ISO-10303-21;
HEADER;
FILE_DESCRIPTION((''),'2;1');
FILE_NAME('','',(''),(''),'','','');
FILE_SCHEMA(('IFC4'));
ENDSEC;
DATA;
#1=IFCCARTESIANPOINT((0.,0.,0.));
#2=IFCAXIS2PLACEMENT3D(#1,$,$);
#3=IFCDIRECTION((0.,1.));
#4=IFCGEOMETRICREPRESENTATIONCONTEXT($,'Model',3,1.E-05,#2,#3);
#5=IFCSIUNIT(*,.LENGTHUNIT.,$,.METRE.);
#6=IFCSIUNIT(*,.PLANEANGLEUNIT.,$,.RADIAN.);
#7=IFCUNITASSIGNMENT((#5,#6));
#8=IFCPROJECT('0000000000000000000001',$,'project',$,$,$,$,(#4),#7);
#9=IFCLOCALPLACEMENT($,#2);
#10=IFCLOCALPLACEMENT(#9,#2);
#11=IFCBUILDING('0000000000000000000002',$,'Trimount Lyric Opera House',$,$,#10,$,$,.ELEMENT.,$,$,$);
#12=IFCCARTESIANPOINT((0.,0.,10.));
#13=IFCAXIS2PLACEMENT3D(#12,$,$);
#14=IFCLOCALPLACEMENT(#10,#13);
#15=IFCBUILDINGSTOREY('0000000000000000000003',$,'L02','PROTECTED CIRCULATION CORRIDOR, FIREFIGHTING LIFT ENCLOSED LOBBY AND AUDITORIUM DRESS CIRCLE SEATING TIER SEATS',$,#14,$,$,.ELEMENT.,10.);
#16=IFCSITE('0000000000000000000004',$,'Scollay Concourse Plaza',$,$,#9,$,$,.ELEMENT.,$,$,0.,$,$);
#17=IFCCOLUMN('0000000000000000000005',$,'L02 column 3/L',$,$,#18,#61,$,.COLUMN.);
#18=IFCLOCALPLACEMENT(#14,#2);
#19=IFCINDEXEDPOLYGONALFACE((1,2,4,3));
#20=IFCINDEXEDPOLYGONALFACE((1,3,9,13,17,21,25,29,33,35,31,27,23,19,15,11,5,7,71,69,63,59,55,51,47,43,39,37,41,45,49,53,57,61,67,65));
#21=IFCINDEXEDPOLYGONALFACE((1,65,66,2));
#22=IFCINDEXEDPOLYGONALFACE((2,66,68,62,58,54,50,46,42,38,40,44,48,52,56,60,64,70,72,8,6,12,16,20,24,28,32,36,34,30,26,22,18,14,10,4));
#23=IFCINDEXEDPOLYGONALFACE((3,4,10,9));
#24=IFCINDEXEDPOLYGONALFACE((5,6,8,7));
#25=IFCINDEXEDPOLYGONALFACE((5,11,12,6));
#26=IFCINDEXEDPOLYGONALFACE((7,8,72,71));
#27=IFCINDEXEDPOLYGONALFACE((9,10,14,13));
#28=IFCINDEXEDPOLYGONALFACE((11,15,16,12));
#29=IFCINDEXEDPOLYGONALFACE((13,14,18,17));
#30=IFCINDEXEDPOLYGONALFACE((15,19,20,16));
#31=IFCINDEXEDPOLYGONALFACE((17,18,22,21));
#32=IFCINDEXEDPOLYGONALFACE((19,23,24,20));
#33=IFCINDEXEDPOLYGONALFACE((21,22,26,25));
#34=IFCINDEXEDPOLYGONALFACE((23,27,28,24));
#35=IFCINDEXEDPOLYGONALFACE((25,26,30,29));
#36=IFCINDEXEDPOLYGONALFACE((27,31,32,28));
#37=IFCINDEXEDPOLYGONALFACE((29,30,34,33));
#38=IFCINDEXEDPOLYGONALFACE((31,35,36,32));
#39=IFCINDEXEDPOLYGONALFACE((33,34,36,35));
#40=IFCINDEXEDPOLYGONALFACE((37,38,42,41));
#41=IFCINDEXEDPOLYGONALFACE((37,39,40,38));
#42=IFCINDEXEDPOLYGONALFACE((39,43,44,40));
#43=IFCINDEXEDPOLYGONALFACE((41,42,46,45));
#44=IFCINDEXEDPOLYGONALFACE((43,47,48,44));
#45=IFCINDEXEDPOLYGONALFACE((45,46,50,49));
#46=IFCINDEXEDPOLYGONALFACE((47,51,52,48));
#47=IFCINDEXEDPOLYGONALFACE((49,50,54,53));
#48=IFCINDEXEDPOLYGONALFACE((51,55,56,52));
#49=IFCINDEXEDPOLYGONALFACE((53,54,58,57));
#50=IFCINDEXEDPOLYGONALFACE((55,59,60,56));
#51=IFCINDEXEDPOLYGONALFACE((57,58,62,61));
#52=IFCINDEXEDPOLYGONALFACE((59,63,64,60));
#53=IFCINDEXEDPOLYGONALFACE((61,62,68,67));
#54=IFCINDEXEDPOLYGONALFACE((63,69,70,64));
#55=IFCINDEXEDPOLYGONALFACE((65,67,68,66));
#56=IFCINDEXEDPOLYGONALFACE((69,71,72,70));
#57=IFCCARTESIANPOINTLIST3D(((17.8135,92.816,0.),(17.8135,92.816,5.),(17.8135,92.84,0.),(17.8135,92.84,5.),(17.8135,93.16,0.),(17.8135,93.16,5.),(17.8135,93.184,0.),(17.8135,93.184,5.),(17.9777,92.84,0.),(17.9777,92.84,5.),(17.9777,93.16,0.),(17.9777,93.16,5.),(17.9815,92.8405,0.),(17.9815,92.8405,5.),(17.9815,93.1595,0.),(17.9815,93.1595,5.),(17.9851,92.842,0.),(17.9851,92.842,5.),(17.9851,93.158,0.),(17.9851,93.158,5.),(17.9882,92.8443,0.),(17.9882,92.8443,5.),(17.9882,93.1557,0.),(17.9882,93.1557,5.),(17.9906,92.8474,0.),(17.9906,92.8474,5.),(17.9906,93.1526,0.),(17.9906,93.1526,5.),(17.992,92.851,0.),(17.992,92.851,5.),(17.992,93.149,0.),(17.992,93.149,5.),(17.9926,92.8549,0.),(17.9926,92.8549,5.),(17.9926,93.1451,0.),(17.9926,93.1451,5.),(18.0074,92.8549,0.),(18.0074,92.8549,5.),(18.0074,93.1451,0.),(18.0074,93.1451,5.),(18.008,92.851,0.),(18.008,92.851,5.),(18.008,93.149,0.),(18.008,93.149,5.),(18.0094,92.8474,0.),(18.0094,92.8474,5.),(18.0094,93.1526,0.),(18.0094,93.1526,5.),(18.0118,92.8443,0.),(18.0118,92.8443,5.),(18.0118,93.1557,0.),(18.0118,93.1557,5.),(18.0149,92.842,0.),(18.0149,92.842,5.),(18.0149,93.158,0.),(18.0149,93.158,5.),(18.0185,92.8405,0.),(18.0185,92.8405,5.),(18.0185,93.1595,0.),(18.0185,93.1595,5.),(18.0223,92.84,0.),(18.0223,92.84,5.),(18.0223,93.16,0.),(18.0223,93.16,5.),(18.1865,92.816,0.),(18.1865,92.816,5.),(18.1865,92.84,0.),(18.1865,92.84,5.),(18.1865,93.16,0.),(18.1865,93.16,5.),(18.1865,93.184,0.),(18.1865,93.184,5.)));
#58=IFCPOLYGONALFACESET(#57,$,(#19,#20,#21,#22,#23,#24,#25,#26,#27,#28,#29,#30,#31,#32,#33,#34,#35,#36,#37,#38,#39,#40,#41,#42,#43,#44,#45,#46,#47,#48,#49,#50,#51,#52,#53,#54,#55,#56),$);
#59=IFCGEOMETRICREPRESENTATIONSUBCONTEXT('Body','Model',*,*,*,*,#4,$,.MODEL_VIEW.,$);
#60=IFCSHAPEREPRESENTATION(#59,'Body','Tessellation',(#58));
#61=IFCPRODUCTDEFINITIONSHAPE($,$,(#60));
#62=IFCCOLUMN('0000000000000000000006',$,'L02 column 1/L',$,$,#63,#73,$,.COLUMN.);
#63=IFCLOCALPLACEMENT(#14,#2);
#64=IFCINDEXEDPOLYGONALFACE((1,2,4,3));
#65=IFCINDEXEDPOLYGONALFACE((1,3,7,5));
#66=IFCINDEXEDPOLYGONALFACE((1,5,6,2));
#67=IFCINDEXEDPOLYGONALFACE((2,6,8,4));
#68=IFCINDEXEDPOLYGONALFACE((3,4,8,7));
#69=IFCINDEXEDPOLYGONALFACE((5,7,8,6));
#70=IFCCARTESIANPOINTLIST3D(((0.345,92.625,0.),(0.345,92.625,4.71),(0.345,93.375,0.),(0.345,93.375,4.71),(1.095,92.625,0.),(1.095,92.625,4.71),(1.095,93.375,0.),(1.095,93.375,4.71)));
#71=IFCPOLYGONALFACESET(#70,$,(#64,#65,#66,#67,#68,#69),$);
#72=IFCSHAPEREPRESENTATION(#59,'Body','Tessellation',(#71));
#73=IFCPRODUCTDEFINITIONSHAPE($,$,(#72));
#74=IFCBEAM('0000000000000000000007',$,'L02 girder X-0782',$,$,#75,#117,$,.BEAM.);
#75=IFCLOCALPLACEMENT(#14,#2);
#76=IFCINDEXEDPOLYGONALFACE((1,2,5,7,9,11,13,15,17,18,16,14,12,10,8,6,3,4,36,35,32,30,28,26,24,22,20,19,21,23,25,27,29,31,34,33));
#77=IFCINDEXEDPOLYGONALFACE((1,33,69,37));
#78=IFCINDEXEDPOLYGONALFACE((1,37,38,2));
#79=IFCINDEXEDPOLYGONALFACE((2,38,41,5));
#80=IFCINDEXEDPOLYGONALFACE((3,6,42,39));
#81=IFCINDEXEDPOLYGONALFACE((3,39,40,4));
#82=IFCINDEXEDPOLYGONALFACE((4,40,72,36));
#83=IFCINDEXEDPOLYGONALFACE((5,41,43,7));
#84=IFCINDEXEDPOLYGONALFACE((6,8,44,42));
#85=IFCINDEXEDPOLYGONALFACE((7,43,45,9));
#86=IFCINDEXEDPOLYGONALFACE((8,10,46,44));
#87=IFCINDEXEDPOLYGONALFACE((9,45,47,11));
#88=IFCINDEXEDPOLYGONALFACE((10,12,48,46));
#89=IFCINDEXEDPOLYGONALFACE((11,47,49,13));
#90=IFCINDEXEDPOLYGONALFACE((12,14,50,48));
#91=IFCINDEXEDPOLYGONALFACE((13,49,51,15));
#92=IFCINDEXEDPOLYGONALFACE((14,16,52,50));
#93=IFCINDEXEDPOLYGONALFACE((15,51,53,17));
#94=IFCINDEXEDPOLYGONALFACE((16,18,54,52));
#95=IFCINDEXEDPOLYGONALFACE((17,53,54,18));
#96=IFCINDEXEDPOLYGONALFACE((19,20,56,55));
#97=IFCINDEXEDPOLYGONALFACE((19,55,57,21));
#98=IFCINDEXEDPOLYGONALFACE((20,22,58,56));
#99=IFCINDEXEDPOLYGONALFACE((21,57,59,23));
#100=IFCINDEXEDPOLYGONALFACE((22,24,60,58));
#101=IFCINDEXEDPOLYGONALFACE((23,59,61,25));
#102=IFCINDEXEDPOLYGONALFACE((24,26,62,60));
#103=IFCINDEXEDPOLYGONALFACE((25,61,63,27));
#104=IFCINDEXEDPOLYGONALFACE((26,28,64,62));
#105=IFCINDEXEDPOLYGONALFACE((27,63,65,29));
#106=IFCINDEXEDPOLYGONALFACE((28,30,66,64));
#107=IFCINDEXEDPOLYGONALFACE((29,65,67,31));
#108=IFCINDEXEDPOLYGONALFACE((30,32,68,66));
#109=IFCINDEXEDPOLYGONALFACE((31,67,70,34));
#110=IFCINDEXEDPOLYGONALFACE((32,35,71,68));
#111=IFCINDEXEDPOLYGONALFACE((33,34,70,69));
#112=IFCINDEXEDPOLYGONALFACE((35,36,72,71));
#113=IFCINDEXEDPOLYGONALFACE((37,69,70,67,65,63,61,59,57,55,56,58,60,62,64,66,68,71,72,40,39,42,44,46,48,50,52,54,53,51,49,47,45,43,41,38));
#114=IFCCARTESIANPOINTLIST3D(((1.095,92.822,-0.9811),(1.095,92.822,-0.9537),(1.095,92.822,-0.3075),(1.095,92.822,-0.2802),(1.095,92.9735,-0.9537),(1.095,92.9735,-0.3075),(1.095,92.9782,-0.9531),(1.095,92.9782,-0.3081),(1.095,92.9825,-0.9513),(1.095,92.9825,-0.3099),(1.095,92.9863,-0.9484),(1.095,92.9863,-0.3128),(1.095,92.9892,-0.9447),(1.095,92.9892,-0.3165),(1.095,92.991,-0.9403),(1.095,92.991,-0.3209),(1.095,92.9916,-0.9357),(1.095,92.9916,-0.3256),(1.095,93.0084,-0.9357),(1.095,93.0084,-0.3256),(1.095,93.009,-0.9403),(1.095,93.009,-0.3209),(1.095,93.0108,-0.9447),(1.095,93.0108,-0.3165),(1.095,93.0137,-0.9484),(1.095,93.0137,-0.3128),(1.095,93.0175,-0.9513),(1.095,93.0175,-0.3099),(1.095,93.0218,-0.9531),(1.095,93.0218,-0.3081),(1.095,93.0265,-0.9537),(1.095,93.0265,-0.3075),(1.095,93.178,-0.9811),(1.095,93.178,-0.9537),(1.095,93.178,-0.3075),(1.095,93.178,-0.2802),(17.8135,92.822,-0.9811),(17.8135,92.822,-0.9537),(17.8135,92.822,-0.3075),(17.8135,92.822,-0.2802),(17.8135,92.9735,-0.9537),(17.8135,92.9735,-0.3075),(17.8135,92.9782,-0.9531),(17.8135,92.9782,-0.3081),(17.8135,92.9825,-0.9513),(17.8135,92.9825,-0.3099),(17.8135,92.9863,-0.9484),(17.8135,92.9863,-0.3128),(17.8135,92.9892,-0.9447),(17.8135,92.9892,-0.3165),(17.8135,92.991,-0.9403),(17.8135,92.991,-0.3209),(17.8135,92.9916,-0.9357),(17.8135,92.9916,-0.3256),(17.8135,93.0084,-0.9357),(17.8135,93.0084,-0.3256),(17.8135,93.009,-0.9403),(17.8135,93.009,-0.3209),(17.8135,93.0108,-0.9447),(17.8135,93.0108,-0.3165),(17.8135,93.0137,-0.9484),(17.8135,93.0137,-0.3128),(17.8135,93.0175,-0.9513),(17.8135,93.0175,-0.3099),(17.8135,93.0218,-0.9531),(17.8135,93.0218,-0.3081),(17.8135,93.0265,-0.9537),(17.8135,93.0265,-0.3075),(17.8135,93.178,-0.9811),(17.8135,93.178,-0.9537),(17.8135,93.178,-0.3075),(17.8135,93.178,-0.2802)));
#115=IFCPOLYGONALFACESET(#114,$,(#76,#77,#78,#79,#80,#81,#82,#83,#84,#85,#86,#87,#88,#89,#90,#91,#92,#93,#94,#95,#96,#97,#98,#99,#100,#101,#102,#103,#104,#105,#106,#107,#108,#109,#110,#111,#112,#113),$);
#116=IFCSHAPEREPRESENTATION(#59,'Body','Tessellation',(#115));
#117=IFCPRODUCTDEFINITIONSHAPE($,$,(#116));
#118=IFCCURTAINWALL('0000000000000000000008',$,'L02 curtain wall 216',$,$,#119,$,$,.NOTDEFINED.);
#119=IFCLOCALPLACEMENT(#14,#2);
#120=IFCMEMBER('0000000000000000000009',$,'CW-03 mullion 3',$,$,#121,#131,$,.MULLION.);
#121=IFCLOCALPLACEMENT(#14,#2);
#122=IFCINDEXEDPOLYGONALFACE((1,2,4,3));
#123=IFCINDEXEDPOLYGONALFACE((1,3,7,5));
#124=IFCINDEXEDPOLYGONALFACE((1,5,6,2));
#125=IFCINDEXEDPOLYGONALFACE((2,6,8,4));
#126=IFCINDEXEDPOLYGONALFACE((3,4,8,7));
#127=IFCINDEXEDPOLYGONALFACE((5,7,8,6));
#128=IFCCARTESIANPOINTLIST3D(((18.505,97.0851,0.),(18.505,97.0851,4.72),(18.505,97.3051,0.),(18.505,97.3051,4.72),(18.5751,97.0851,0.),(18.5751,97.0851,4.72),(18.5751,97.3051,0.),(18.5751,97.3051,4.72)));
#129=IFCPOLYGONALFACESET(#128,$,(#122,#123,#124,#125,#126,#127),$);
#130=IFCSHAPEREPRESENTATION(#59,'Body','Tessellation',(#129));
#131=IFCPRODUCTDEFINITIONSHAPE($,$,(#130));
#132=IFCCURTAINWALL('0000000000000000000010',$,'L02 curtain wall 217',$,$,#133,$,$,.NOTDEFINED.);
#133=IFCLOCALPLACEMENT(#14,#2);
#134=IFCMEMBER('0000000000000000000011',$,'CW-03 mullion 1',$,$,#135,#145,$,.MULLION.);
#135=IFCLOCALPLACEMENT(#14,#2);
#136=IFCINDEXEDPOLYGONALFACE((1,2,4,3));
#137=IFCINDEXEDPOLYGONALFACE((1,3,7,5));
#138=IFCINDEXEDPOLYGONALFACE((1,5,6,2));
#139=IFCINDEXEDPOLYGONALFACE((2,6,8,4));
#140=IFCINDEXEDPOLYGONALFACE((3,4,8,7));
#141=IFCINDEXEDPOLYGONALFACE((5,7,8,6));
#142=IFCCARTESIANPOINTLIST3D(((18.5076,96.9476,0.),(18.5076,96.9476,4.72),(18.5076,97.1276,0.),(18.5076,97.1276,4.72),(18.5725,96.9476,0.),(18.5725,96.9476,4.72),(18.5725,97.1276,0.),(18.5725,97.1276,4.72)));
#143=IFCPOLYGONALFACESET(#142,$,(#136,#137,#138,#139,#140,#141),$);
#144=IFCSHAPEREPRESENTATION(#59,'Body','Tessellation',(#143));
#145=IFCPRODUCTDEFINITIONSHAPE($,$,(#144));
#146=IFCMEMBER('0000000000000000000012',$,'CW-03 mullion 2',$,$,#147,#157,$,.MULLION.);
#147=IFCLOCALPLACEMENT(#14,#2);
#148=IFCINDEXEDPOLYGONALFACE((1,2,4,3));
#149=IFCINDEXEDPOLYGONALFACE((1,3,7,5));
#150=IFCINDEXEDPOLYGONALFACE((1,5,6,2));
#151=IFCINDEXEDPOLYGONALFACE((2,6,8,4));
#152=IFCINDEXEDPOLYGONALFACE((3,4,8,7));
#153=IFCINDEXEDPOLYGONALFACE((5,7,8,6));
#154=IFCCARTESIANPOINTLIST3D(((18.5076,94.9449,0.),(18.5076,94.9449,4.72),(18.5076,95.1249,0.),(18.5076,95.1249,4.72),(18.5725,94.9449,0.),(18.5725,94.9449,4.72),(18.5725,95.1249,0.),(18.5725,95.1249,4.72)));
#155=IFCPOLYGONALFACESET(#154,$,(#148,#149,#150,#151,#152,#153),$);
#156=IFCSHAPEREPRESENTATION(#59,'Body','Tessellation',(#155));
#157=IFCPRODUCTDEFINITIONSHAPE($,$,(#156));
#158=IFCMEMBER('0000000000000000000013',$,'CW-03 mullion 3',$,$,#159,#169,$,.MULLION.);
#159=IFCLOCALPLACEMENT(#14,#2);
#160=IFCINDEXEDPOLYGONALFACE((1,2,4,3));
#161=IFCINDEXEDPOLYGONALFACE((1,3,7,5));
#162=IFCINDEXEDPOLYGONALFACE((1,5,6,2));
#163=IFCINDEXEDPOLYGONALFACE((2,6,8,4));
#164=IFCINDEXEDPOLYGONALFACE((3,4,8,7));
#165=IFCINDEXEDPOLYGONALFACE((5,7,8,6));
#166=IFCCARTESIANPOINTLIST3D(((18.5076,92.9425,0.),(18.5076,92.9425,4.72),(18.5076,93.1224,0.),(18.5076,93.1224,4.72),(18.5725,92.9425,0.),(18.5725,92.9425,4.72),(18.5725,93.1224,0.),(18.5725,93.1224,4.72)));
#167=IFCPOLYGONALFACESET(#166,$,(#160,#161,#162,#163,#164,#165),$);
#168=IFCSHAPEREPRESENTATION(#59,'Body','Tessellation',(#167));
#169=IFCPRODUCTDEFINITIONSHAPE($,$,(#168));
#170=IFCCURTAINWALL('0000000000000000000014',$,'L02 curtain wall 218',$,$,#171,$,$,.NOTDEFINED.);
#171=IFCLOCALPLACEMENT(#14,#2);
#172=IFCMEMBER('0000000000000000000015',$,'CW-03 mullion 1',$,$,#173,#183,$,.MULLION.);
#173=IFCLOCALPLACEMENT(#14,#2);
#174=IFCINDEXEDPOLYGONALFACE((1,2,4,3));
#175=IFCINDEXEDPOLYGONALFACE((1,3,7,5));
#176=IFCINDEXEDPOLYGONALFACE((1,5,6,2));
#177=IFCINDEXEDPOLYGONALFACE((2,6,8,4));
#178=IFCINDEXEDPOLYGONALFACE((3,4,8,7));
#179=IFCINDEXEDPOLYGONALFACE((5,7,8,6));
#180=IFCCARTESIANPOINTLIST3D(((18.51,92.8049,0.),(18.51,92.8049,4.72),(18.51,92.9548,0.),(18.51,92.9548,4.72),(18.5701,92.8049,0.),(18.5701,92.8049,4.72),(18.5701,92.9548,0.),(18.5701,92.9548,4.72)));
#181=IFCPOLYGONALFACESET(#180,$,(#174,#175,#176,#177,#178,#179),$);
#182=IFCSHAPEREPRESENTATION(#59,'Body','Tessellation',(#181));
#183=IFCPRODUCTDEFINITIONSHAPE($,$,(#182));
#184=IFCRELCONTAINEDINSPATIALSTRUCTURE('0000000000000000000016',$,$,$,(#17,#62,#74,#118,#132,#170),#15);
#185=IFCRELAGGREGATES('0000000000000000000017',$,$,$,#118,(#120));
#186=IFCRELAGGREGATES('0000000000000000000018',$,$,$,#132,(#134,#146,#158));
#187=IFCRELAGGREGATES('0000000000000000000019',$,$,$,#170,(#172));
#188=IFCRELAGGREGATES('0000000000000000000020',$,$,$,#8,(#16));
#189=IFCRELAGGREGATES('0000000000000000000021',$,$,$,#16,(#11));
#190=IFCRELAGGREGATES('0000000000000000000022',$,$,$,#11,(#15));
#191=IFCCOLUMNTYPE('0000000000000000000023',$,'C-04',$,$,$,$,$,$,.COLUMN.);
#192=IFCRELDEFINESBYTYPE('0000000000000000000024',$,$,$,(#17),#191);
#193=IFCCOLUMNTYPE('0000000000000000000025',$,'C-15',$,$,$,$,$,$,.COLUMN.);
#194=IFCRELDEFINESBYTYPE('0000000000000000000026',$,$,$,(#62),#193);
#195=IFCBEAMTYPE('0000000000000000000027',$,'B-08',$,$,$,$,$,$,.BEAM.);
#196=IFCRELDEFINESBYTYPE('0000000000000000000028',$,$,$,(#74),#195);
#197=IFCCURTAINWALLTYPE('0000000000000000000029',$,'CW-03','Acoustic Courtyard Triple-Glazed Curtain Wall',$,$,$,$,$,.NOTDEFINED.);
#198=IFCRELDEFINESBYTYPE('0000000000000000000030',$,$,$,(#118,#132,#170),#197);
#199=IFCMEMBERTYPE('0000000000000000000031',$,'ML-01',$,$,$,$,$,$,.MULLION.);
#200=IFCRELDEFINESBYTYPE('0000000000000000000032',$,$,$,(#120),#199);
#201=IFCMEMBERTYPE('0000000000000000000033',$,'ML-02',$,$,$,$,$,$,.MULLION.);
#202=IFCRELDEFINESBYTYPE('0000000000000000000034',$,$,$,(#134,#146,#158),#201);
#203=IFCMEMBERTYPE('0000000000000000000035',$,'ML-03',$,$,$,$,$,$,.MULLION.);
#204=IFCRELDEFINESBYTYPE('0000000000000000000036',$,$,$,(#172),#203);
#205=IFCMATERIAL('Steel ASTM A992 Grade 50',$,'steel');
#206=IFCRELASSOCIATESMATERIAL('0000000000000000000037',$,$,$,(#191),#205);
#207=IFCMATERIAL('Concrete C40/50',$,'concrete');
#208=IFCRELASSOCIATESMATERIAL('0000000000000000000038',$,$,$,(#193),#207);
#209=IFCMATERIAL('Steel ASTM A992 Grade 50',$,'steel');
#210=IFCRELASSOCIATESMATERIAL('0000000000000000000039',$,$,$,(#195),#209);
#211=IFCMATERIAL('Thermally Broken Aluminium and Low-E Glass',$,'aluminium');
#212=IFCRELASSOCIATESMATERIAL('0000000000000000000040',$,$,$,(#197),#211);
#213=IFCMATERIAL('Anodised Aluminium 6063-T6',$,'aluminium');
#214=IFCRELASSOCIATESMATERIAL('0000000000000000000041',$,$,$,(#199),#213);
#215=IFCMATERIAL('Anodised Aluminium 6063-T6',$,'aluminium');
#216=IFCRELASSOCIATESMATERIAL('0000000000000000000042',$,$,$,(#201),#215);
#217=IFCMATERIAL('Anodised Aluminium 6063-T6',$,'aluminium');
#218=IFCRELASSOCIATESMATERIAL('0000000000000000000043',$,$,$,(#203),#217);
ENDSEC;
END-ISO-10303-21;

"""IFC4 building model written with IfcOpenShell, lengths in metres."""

from ifc_helpers import new_model, si_unit, direction, frame, origin, origin_2d, place, context, subcontext, project, spatial, rectangle, i_section, extrude, material, material_profile, profile_set, type_object, element, aggregate, save


model = new_model("IFC4")

# Units and contexts
model_context = context("Model", 3, precision=1e-05, world=origin(), true_north=direction((0.0, 1.0)))
body_context = subcontext(model_context, "Body", "Model", "MODEL_VIEW")
ifc_project = project(units=[si_unit("LENGTHUNIT", "METRE"), si_unit("PLANEANGLEUNIT", "RADIAN")], contexts=[model_context])

# Site, building, storey
site_placement = place(None, origin())
site = spatial("IfcSite", under=ifc_project, at=site_placement, Name="Scollay Concourse Plaza", CompositionType="ELEMENT", RefElevation=0.0)
building_placement = place(site_placement, origin())
building = spatial("IfcBuilding", under=site, at=building_placement, Name="Trimount Lyric Opera House", CompositionType="ELEMENT")
storey_placement = place(building_placement, frame((0.0, 0.0, 10.0)))
storey = spatial("IfcBuildingStorey", under=building, at=storey_placement, Name="L02", Description="PROTECTED CIRCULATION CORRIDOR, FIREFIGHTING LIFT ENCLOSED LOBBY AND AUDITORIUM DRESS CIRCLE SEATING TIER SEATS", CompositionType="ELEMENT", Elevation=10.0)

# Columns
ifc_material_1 = material(Name="Steel ASTM A992 Grade 50", Category="steel")
ifc_material_profile_1 = material_profile(ifc_material_1, i_section(OverallWidth=0.373, OverallDepth=0.3679, WebThickness=0.0149, FlangeThickness=0.0239, FilletRadius=0.0149, at=origin_2d()), Name="W14X120")
ifc_profile_set_1 = profile_set([ifc_material_profile_1], Name="Steel ASTM A992 Grade 50")
column_type_1 = type_object("IfcColumnType", Name="C-04", PredefinedType="COLUMN", material=ifc_profile_set_1)
column_1_placement = place(storey_placement, frame((18.0, 93.0, 0.0), z_axis=(0.0, 0.0, 1.0), x_axis=(1.0, 0.0, 0.0)))
element("IfcColumn", 1, at=column_1_placement, inside=storey, type_object=column_type_1, Name="L02 column 3/L", PredefinedType="COLUMN", context=body_context, shape_type="SweptSolid", body=[
    extrude(i_section(OverallWidth=0.373, OverallDepth=0.3679, WebThickness=0.0149, FlangeThickness=0.0239, FilletRadius=0.0149, at=origin_2d()), origin(), (0.0, 0.0, 1.0), 5.0),
])
ifc_material_2 = material(Name="Concrete C40/50", Category="concrete")
ifc_material_profile_2 = material_profile(ifc_material_2, rectangle(XDim=0.75, YDim=0.75, at=origin_2d()), Name="RC750X750")
ifc_profile_set_2 = profile_set([ifc_material_profile_2], Name="Concrete C40/50")
column_type_2 = type_object("IfcColumnType", Name="C-15", PredefinedType="COLUMN", material=ifc_profile_set_2)
column_2_placement = place(storey_placement, frame((0.72, 93.0, 0.0), z_axis=(0.0, 0.0, 1.0), x_axis=(1.0, 0.0, 0.0)))
element("IfcColumn", 2, at=column_2_placement, inside=storey, type_object=column_type_2, Name="L02 column 1/L", PredefinedType="COLUMN", context=body_context, shape_type="SweptSolid", body=[
    extrude(rectangle(XDim=0.75, YDim=0.75, at=origin_2d()), origin(), (0.0, 0.0, 1.0), 4.71),
])

# Beam
ifc_material_3 = material(Name="Steel ASTM A992 Grade 50", Category="steel")
ifc_material_profile_3 = material_profile(ifc_material_3, i_section(OverallWidth=0.356, OverallDepth=0.7009, WebThickness=0.0168, FlangeThickness=0.0273, FilletRadius=0.0181, at=origin_2d()), Name="W27X161")
ifc_profile_set_3 = profile_set([ifc_material_profile_3], Name="Steel ASTM A992 Grade 50")
beam_type_1 = type_object("IfcBeamType", Name="B-08", PredefinedType="BEAM", material=ifc_profile_set_3)
beam_1_placement = place(storey_placement, frame((1.095, 93.0, -0.6306), z_axis=(1.0, 0.0, 0.0), x_axis=(0.0, 1.0, 0.0)))
element("IfcBeam", 3, at=beam_1_placement, inside=storey, type_object=beam_type_1, Name="L02 girder X-0782", PredefinedType="BEAM", context=body_context, shape_type="SweptSolid", body=[
    extrude(i_section(OverallWidth=0.356, OverallDepth=0.7009, WebThickness=0.0168, FlangeThickness=0.0273, FilletRadius=0.0181, at=origin_2d()), origin(), (0.0, 0.0, 1.0), 16.7185),
])

# Curtain wall, member
ifc_material_4 = material(Name="Thermally Broken Aluminium and Low-E Glass", Category="aluminium")
curtain_wall_type = type_object("IfcCurtainWallType", Name="CW-03", Description="Acoustic Courtyard Triple-Glazed Curtain Wall", PredefinedType="NOTDEFINED", material=ifc_material_4)
curtain_wall_1_placement = place(storey_placement, origin())
curtain_wall_1 = element("IfcCurtainWall", 4, at=curtain_wall_1_placement, inside=storey, type_object=curtain_wall_type, Name="L02 curtain wall 216", PredefinedType="NOTDEFINED")
ifc_material_5 = material(Name="Anodised Aluminium 6063-T6", Category="aluminium")
ifc_material_profile_4 = material_profile(ifc_material_5, rectangle(XDim=0.0701, YDim=0.22, at=origin_2d()), Name="ALU-MULL-70X220")
ifc_profile_set_4 = profile_set([ifc_material_profile_4], Name="Anodised Aluminium 6063-T6")
member_type_1 = type_object("IfcMemberType", Name="ML-01", PredefinedType="MULLION", material=ifc_profile_set_4)
member_1_placement = place(storey_placement, frame((18.54, 97.1951, 0.0), z_axis=(0.0, 0.0, 1.0), x_axis=(1.0, 0.0, 0.0)))
member_1 = element("IfcMember", 5, at=member_1_placement, type_object=member_type_1, Name="CW-03 mullion 3", PredefinedType="MULLION", context=body_context, shape_type="SweptSolid", body=[
    extrude(rectangle(XDim=0.0701, YDim=0.22, at=origin_2d()), origin(), (0.0, 0.0, 1.0), 4.72),
])

# Curtain wall, members
curtain_wall_2_placement = place(storey_placement, origin())
curtain_wall_2 = element("IfcCurtainWall", 6, at=curtain_wall_2_placement, inside=storey, type_object=curtain_wall_type, Name="L02 curtain wall 217", PredefinedType="NOTDEFINED")
ifc_material_6 = material(Name="Anodised Aluminium 6063-T6", Category="aluminium")
ifc_material_profile_5 = material_profile(ifc_material_6, rectangle(XDim=0.0649, YDim=0.1799, at=origin_2d()), Name="ALU-MULL-65X180")
ifc_profile_set_5 = profile_set([ifc_material_profile_5], Name="Anodised Aluminium 6063-T6")
member_type_2 = type_object("IfcMemberType", Name="ML-02", PredefinedType="MULLION", material=ifc_profile_set_5)
member_2_placement = place(storey_placement, frame((18.54, 97.0376, 0.0), z_axis=(0.0, 0.0, 1.0), x_axis=(1.0, 0.0, 0.0)))
member_2 = element("IfcMember", 7, at=member_2_placement, type_object=member_type_2, Name="CW-03 mullion 1", PredefinedType="MULLION", context=body_context, shape_type="SweptSolid", body=[
    extrude(rectangle(XDim=0.0649, YDim=0.1799, at=origin_2d()), origin(), (0.0, 0.0, 1.0), 4.72),
])
member_3_placement = place(storey_placement, frame((18.54, 95.0349, 0.0), z_axis=(0.0, 0.0, 1.0), x_axis=(1.0, 0.0, 0.0)))
member_3 = element("IfcMember", 8, at=member_3_placement, type_object=member_type_2, Name="CW-03 mullion 2", PredefinedType="MULLION", context=body_context, shape_type="SweptSolid", body=[
    extrude(rectangle(XDim=0.0649, YDim=0.1799, at=origin_2d()), origin(), (0.0, 0.0, 1.0), 4.72),
])
member_4_placement = place(storey_placement, frame((18.54, 93.0325, 0.0), z_axis=(0.0, 0.0, 1.0), x_axis=(1.0, 0.0, 0.0)))
member_4 = element("IfcMember", 9, at=member_4_placement, type_object=member_type_2, Name="CW-03 mullion 3", PredefinedType="MULLION", context=body_context, shape_type="SweptSolid", body=[
    extrude(rectangle(XDim=0.0649, YDim=0.1799, at=origin_2d()), origin(), (0.0, 0.0, 1.0), 4.72),
])

# Curtain wall, member
curtain_wall_3_placement = place(storey_placement, origin())
curtain_wall_3 = element("IfcCurtainWall", 10, at=curtain_wall_3_placement, inside=storey, type_object=curtain_wall_type, Name="L02 curtain wall 218", PredefinedType="NOTDEFINED")
ifc_material_7 = material(Name="Anodised Aluminium 6063-T6", Category="aluminium")
ifc_material_profile_6 = material_profile(ifc_material_7, rectangle(XDim=0.0601, YDim=0.1499, at=origin_2d()), Name="ALU-MULL-60X150")
ifc_profile_set_6 = profile_set([ifc_material_profile_6], Name="Anodised Aluminium 6063-T6")
member_type_3 = type_object("IfcMemberType", Name="ML-03", PredefinedType="MULLION", material=ifc_profile_set_6)
member_5_placement = place(storey_placement, frame((18.54, 92.8799, 0.0), z_axis=(0.0, 0.0, 1.0), x_axis=(1.0, 0.0, 0.0)))
member_5 = element("IfcMember", 11, at=member_5_placement, type_object=member_type_3, Name="CW-03 mullion 1", PredefinedType="MULLION", context=body_context, shape_type="SweptSolid", body=[
    extrude(rectangle(XDim=0.0601, YDim=0.1499, at=origin_2d()), origin(), (0.0, 0.0, 1.0), 4.72),
])

aggregate(curtain_wall_1, [member_1])
aggregate(curtain_wall_2, [member_2, member_3, member_4])
aggregate(curtain_wall_3, [member_5])

save(model, "model.ifc")
